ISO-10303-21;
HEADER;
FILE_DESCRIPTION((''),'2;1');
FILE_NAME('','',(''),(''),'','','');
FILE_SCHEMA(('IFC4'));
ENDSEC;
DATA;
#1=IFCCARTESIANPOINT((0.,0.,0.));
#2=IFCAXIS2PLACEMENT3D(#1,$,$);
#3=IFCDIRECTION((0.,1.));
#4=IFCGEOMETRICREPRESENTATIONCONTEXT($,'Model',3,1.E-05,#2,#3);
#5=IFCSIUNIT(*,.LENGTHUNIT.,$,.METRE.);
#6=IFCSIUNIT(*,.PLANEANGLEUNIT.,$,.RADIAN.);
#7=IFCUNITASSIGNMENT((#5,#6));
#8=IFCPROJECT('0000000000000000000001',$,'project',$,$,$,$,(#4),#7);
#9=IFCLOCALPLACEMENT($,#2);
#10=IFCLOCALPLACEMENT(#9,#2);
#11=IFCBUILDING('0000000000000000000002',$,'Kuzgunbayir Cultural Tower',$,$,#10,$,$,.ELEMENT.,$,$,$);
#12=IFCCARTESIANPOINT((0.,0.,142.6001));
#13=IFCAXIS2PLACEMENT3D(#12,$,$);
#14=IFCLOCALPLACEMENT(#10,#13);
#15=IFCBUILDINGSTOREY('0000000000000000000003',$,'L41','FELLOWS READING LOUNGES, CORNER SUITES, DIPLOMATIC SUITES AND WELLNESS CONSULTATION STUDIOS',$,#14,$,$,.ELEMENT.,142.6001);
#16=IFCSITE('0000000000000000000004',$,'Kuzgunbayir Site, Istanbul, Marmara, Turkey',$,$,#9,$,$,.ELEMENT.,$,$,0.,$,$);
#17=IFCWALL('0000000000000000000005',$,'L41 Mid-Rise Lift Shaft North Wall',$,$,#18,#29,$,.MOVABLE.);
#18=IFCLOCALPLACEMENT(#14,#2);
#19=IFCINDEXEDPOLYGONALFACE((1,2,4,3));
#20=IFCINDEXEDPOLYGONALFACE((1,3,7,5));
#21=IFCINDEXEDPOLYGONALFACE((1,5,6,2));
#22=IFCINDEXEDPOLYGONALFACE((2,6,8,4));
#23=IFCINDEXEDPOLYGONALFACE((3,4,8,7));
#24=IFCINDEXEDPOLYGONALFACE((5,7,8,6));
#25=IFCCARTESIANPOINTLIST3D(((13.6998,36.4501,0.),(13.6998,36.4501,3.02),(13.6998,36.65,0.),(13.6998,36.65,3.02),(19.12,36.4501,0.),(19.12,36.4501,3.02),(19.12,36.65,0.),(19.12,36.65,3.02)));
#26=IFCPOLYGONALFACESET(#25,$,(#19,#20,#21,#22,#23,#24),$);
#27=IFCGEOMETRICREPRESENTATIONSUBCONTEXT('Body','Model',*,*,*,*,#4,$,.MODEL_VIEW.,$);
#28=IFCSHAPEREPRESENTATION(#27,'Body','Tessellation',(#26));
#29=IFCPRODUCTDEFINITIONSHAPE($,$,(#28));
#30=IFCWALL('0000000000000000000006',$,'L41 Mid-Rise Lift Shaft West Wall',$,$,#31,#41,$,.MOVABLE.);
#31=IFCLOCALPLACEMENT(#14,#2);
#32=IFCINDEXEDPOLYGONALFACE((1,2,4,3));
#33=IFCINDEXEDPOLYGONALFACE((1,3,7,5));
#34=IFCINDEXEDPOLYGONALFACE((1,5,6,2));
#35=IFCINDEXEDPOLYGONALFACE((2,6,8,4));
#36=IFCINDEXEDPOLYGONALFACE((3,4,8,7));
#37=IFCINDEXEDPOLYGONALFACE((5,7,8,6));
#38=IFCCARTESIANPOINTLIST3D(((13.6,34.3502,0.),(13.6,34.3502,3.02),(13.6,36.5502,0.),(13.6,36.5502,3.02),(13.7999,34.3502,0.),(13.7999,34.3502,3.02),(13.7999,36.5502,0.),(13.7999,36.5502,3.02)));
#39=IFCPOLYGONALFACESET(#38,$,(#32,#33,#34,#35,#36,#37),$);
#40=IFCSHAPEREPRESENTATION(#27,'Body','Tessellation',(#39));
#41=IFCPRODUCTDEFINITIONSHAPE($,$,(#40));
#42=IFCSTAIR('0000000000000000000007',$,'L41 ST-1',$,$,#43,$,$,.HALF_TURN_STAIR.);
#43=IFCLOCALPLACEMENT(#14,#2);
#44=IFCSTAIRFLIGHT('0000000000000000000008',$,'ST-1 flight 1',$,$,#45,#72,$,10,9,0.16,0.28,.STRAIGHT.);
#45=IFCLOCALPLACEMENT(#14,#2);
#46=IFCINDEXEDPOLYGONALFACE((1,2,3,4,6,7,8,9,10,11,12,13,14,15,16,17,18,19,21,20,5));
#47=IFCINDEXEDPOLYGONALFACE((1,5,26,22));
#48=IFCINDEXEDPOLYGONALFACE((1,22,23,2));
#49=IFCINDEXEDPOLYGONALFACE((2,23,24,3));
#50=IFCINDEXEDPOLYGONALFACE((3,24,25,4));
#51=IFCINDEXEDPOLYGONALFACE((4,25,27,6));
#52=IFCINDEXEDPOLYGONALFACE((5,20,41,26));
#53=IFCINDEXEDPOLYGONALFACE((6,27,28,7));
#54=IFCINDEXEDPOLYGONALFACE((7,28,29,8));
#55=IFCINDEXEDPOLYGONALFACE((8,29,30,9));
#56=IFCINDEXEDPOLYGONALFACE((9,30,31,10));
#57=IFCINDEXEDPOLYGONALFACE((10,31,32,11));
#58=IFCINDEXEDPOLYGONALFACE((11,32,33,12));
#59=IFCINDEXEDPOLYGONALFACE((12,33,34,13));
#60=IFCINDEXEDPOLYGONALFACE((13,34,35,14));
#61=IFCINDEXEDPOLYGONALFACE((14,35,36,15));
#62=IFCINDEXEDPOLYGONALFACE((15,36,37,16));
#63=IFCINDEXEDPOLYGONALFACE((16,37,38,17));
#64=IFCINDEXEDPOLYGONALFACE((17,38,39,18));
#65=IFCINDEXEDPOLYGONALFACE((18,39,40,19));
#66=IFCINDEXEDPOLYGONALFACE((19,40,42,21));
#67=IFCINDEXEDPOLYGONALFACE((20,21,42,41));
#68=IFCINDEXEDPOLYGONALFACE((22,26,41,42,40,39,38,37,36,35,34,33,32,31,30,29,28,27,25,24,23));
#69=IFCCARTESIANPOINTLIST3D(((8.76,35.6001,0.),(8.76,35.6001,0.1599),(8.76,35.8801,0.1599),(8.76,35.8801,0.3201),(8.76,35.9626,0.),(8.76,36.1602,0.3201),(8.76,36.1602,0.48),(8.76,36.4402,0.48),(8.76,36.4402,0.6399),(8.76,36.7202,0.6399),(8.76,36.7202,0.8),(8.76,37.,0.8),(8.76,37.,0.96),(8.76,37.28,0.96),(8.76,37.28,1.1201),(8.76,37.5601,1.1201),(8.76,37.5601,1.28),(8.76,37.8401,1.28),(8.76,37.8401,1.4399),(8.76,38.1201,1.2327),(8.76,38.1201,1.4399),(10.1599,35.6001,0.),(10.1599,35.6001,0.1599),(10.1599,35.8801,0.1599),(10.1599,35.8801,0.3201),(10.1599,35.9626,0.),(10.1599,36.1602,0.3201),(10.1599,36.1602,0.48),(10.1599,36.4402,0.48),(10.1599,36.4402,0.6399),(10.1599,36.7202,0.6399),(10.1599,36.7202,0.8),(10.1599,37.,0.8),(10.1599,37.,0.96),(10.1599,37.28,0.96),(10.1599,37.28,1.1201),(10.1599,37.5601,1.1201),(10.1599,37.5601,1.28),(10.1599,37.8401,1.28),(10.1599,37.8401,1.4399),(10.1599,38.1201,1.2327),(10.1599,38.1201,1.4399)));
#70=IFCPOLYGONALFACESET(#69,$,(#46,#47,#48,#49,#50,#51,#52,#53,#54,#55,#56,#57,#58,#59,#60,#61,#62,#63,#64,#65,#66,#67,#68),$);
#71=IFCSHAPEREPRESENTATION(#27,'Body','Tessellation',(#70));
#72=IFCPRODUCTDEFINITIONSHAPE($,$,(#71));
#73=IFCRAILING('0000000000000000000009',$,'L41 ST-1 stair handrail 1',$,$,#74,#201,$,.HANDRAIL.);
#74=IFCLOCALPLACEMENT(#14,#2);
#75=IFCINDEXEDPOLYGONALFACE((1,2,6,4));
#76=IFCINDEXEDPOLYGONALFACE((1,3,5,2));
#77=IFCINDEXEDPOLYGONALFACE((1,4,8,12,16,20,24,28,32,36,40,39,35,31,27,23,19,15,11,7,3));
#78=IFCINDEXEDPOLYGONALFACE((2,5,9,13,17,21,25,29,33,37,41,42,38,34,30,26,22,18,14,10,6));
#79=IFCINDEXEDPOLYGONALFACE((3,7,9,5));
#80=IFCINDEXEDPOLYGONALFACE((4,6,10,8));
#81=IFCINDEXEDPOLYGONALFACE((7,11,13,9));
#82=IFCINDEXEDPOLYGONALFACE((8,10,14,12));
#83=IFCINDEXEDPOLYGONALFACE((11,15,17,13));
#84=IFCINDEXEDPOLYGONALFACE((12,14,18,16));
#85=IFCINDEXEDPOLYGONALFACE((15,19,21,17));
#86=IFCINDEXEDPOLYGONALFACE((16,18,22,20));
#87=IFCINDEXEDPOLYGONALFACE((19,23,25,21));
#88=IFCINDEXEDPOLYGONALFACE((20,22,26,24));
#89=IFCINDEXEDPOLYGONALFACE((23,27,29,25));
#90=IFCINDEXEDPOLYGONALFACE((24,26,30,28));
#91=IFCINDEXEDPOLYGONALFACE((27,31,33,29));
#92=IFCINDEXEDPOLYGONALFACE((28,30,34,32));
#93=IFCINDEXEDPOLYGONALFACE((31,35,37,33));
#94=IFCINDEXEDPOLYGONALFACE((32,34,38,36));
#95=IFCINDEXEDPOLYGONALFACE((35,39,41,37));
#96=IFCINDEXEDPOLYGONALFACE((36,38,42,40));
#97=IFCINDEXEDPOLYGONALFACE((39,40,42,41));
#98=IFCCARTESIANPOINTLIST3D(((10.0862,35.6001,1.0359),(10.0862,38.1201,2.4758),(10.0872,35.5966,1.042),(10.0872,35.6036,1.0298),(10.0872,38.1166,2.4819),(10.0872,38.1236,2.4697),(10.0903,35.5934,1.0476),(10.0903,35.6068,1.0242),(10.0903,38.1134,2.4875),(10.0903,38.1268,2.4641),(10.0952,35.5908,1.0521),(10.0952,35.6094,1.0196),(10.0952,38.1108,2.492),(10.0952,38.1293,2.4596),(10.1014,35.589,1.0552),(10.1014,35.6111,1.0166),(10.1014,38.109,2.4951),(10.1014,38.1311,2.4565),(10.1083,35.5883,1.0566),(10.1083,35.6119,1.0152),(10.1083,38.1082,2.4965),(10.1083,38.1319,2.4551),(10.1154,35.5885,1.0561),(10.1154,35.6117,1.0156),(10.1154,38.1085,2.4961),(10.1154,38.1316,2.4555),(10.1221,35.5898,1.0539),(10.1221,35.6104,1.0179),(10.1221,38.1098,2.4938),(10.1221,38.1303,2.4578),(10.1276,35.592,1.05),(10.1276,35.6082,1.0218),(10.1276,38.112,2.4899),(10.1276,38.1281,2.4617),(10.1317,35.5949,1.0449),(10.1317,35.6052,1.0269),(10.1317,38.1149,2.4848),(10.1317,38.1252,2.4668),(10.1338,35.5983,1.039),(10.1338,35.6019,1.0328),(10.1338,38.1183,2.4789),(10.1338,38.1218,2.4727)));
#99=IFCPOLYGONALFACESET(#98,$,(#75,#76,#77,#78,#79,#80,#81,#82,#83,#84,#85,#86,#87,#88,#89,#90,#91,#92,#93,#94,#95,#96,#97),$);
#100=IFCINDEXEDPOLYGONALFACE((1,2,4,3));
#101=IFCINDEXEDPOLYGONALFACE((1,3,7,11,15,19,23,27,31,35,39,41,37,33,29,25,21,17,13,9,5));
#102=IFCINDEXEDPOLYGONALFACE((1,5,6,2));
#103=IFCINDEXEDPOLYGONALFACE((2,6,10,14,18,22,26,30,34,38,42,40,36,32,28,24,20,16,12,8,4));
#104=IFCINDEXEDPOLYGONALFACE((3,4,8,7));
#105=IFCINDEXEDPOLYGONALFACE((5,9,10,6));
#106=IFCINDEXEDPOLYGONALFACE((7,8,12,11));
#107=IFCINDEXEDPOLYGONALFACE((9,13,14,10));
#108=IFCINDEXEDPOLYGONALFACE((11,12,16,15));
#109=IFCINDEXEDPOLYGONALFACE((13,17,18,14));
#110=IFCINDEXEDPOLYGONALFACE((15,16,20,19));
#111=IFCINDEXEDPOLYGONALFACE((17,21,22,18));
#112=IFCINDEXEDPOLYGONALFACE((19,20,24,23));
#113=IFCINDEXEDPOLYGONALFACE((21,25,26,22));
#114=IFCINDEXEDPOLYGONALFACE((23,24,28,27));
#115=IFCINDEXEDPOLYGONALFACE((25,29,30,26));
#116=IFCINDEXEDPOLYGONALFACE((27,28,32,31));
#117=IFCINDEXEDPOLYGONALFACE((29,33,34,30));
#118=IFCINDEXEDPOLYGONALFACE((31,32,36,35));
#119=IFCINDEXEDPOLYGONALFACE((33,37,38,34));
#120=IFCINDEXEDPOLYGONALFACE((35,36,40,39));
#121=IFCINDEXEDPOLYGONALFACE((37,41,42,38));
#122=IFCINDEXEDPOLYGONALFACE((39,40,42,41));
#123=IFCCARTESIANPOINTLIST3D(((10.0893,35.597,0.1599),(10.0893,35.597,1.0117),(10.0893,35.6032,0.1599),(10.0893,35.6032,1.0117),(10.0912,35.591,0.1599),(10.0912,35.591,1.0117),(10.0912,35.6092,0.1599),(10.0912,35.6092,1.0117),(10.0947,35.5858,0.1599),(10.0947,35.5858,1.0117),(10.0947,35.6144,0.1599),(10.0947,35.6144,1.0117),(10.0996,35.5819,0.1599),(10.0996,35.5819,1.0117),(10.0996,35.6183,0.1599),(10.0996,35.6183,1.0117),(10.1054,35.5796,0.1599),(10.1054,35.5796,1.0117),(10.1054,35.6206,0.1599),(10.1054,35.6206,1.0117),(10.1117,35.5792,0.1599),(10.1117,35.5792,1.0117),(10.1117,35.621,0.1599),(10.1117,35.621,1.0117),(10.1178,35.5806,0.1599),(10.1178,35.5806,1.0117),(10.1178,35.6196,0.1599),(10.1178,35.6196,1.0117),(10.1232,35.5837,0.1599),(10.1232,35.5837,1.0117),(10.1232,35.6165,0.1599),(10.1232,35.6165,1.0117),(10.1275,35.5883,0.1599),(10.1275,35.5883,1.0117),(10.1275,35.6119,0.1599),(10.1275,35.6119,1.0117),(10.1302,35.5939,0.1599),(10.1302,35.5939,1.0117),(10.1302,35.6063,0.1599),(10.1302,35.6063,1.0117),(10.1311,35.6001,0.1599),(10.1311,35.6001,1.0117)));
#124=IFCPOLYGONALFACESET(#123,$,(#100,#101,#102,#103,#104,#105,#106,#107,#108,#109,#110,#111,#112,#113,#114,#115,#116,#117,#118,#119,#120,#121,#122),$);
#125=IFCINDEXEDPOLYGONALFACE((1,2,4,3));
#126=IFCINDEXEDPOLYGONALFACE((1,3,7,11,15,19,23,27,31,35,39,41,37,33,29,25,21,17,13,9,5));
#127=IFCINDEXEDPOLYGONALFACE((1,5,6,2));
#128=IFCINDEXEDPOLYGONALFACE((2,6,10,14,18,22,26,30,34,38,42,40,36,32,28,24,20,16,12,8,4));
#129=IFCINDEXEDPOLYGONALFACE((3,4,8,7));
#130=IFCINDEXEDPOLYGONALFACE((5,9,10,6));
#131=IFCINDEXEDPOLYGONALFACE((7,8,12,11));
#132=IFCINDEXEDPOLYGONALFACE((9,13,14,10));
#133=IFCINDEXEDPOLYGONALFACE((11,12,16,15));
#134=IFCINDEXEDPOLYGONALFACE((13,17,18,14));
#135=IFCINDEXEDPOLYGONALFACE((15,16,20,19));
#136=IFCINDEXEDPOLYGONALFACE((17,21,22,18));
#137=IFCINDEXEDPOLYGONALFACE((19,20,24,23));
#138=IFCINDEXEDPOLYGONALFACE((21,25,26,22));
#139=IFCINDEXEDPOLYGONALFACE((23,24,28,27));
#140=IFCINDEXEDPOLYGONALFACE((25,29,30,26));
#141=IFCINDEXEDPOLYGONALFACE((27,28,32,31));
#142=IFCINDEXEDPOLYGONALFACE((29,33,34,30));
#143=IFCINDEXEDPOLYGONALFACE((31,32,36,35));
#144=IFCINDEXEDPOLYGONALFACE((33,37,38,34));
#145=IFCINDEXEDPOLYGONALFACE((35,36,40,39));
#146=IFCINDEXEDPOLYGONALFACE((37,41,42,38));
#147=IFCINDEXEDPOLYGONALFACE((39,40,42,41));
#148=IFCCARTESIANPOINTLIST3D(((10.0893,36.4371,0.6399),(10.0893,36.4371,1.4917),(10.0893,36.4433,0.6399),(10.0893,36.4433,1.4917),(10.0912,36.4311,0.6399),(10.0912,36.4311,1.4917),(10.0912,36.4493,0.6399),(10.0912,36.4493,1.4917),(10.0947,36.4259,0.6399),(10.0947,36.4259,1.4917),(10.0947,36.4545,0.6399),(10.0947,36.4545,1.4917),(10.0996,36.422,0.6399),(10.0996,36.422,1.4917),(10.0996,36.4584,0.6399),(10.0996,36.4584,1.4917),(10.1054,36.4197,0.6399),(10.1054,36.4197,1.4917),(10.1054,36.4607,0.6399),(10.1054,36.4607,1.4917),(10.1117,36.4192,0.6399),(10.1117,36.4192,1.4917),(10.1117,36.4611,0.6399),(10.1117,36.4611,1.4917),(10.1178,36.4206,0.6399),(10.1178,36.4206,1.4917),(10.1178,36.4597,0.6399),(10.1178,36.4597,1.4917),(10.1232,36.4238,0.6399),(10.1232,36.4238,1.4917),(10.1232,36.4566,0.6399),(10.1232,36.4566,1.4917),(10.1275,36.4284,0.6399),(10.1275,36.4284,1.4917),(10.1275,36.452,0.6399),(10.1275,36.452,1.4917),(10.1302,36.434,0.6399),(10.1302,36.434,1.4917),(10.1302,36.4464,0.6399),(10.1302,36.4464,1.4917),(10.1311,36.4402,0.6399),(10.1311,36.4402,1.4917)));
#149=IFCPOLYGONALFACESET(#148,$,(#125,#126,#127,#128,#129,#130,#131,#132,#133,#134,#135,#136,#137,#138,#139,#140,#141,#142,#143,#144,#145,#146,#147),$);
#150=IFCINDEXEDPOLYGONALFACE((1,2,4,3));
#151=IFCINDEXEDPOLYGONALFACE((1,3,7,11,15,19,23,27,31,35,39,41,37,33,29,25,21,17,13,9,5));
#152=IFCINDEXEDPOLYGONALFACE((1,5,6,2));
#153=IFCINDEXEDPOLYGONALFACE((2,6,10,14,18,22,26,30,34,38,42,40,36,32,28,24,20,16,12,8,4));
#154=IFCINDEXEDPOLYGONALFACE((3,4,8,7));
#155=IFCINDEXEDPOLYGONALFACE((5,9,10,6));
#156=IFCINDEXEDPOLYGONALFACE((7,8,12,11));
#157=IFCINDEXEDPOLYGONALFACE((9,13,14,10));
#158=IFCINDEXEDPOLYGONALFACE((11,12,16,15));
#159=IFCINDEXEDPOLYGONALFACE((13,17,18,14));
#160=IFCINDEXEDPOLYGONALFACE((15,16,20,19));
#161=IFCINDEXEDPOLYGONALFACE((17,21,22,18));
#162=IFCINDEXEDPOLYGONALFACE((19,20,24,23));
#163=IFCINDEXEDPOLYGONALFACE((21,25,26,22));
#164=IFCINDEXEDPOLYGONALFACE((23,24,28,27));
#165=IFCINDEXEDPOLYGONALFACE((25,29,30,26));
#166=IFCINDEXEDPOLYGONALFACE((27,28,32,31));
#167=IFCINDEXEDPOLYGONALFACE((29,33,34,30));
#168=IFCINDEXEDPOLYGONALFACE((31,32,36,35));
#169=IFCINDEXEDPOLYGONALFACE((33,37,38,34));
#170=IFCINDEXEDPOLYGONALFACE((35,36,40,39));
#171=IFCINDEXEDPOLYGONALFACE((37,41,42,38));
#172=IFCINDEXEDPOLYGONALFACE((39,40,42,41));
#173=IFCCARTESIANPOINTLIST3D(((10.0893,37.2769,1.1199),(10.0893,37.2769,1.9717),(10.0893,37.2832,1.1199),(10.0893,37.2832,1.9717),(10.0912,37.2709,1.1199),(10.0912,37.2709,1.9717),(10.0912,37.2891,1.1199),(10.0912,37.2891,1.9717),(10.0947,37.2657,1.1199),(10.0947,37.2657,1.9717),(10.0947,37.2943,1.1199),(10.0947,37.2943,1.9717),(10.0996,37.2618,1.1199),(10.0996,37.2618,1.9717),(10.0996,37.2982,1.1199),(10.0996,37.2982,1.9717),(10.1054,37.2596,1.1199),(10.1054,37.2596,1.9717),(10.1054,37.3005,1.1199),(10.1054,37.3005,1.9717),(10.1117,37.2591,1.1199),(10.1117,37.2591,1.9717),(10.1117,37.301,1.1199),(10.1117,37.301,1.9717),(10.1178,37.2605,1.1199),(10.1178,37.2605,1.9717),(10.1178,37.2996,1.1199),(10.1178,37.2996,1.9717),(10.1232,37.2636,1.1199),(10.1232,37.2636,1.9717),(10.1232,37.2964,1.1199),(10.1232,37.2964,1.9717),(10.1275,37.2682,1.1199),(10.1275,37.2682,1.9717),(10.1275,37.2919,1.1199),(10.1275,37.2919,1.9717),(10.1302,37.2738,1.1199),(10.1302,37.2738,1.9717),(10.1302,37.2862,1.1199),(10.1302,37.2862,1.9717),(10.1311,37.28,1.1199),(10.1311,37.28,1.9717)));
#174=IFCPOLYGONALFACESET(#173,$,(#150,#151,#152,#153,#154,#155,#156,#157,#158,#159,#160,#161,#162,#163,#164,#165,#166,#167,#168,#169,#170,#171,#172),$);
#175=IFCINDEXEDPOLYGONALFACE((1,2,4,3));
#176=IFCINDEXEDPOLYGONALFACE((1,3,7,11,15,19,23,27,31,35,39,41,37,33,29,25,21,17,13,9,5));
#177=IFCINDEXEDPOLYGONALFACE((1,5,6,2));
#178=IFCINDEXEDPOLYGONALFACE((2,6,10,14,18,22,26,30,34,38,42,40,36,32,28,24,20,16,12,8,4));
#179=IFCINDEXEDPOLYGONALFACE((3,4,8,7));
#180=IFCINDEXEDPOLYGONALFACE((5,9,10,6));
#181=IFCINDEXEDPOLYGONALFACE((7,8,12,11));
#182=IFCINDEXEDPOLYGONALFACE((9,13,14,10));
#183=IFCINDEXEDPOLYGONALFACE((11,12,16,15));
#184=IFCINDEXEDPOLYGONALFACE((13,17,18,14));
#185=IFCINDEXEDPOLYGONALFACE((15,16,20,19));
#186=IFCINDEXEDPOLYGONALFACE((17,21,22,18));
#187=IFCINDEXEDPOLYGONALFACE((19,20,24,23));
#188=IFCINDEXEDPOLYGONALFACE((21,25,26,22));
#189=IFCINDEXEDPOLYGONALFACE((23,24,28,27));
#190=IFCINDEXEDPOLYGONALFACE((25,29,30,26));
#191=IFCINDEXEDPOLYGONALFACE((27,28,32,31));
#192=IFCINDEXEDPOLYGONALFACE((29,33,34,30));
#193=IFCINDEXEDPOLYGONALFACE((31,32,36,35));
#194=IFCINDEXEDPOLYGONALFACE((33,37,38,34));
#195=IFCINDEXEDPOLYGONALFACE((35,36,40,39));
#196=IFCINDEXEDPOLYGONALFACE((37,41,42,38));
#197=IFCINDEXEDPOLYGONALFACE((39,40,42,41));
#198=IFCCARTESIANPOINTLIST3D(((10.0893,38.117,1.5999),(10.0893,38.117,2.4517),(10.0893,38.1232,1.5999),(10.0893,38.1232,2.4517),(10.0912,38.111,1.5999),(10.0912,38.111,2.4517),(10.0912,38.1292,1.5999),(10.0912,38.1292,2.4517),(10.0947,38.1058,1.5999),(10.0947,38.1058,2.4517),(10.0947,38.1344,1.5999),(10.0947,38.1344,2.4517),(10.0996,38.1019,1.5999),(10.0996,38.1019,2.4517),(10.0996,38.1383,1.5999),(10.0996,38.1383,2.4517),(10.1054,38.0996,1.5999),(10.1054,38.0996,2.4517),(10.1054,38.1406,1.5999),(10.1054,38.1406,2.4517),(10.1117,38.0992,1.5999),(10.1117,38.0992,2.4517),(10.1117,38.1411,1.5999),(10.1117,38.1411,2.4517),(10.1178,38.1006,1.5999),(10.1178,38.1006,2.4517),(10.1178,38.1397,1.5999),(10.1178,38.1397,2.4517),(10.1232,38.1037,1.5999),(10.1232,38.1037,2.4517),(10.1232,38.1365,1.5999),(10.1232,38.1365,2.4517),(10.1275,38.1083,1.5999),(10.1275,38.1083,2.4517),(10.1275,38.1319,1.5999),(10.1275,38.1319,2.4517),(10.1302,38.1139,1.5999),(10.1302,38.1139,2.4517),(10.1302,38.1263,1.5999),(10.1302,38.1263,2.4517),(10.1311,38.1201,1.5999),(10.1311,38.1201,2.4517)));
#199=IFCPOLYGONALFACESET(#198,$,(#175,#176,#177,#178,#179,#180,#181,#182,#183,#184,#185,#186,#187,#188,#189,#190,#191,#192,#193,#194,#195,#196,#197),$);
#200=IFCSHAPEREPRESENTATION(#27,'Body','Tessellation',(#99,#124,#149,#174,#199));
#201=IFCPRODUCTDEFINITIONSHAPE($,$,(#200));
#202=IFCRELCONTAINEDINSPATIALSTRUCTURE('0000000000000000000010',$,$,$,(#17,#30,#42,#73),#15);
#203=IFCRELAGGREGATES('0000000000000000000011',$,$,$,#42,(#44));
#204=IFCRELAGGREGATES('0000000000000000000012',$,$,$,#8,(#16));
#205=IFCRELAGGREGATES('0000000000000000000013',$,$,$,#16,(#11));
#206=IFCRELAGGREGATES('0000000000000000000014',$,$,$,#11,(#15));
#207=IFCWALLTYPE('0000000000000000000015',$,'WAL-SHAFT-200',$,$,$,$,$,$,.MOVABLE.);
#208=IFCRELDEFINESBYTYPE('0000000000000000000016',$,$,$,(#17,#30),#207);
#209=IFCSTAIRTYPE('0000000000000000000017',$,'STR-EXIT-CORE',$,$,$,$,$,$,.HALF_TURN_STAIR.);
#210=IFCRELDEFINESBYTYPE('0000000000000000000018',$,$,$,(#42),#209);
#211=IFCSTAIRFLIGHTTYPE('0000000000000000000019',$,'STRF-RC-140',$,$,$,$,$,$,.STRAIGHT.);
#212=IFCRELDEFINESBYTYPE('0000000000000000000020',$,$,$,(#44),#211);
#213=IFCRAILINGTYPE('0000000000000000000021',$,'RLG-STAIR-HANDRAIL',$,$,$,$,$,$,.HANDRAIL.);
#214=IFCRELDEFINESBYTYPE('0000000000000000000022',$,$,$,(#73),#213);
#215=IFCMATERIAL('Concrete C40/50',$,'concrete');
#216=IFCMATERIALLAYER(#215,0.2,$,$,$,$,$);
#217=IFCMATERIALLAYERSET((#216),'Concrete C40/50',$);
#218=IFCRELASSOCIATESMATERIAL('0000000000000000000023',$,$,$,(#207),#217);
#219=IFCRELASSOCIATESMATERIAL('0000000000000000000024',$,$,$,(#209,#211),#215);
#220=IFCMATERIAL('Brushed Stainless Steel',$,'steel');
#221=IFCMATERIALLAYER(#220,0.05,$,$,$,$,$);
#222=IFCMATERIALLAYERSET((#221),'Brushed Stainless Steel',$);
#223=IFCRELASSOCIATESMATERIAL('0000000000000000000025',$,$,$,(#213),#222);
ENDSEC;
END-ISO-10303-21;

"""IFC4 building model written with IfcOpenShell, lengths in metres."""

from ifc_helpers import new_model, si_unit, direction, frame, frame_2d, origin, origin_2d, place, context, subcontext, project, spatial, polyline, rectangle, circle, outline, extrude, material, layer, layer_set, type_object, element, aggregate, save


model = new_model("IFC4")

# Units and contexts
model_context = context("Model", 3, precision=1e-05, world=origin(), true_north=direction((0.0, 1.0)))
body_context = subcontext(model_context, "Body", "Model", "MODEL_VIEW")
ifc_project = project(units=[si_unit("LENGTHUNIT", "METRE"), si_unit("PLANEANGLEUNIT", "RADIAN")], contexts=[model_context])

# Site, building, storey
site_placement = place(None, origin())
site = spatial("IfcSite", under=ifc_project, at=site_placement, Name="Kuzgunbayir Site, Istanbul, Marmara, Turkey", CompositionType="ELEMENT", RefElevation=0.0)
building_placement = place(site_placement, origin())
building = spatial("IfcBuilding", under=site, at=building_placement, Name="Kuzgunbayir Cultural Tower", CompositionType="ELEMENT")
storey_placement = place(building_placement, frame((0.0, 0.0, 142.6001)))
storey = spatial("IfcBuildingStorey", under=building, at=storey_placement, Name="L41", Description="FELLOWS READING LOUNGES, CORNER SUITES, DIPLOMATIC SUITES AND WELLNESS CONSULTATION STUDIOS", CompositionType="ELEMENT", Elevation=142.6001)

# Shared definitions
ifc_material_1 = material(Name="Concrete C40/50", Category="concrete")
ifc_layer_1 = layer(ifc_material_1, 0.2)
ifc_layer_set_1 = layer_set([ifc_layer_1], Name="Concrete C40/50")
wall_type_1 = type_object("IfcWallType", Name="WAL-SHAFT-200", PredefinedType="MOVABLE", material=ifc_layer_set_1)
ifc_material_2 = material(Name="Brushed Stainless Steel", Category="steel")

# Walls
wall_1_placement = place(storey_placement, frame((13.7, 36.55, 0.0), z_axis=(0.0, 0.0, 1.0), x_axis=(1.0, 0.0, 0.0)))
element("IfcWall", 1, at=wall_1_placement, inside=storey, type_object=wall_type_1, Name="L41 Mid-Rise Lift Shaft North Wall", PredefinedType="MOVABLE", context=body_context, shape_type="SweptSolid", body=[
    extrude(rectangle(XDim=5.4202, YDim=0.2, at=frame_2d((2.71, 0.0))), origin(), (0.0, 0.0, 1.0), 3.02),
])
wall_2_placement = place(storey_placement, frame((13.7, 34.3501, 0.0), z_axis=(0.0, 0.0, 1.0), x_axis=(0.0, 1.0, 0.0)))
element("IfcWall", 2, at=wall_2_placement, inside=storey, type_object=wall_type_1, Name="L41 Mid-Rise Lift Shaft West Wall", PredefinedType="MOVABLE", context=body_context, shape_type="SweptSolid", body=[
    extrude(rectangle(XDim=2.2, YDim=0.2, at=frame_2d((1.1001, 0.0))), origin(), (0.0, 0.0, 1.0), 3.02),
])

# Stair, stair flight
stair_type = type_object("IfcStairType", Name="STR-EXIT-CORE", PredefinedType="HALF_TURN_STAIR", material=ifc_material_1)
stair_placement = place(storey_placement, origin())
stair = element("IfcStair", 3, at=stair_placement, inside=storey, type_object=stair_type, Name="L41 ST-1", PredefinedType="HALF_TURN_STAIR")
stair_flight_type = type_object("IfcStairFlightType", Name="STRF-RC-140", PredefinedType="STRAIGHT", material=ifc_material_1)
stair_flight_placement = place(storey_placement, frame((9.46, 35.6001, 0.0), z_axis=(0.0, 0.0, 1.0), x_axis=(0.0, 1.0, 0.0)))
stair_flight = element("IfcStairFlight", 4, at=stair_flight_placement, type_object=stair_flight_type, Name="ST-1 flight 1", NumberOfRisers=10, NumberOfTreads=9, PredefinedType="STRAIGHT", RiserHeight=0.16, TreadLength=0.28, context=body_context, shape_type="SweptSolid", body=[
    extrude(outline(polyline([(0.0, 0.0), (0.0, 0.1599), (0.28, 0.1599), (0.28, 0.3201), (0.5601, 0.3201), (0.5601, 0.48), (0.8401, 0.48), (0.8401, 0.6399), (1.1201, 0.6399), (1.1201, 0.8), (1.3999, 0.8), (1.3999, 0.96), (1.6799, 0.96), (1.6799, 1.1201), (1.96, 1.1201), (1.96, 1.28), (2.24, 1.28), (2.24, 1.4399), (2.52, 1.4399), (2.52, 1.6001), (2.52, 1.2327), (0.3625, 0.0), (0.0, 0.0)])), frame((0.0, 0.7, 0.0), z_axis=(0.0, -1.0, 0.0), x_axis=(1.0, 0.0, 0.0)), (0.0, 0.0, 1.0), 1.3999),
])
aggregate(stair, [stair_flight])

# Railing
ifc_layer_2 = layer(ifc_material_2, 0.05)
ifc_layer_set_2 = layer_set([ifc_layer_2], Name="Brushed Stainless Steel")
railing_type = type_object("IfcRailingType", Name="RLG-STAIR-HANDRAIL", PredefinedType="HANDRAIL", material=ifc_layer_set_2)
railing_placement = place(storey_placement, frame((10.1101, 35.6001, 0.1599)))
element("IfcRailing", 5, at=railing_placement, inside=storey, type_object=railing_type, Name="L41 ST-1 stair handrail 1", PredefinedType="HANDRAIL", context=body_context, shape_type="SweptSolid", body=[
    extrude(circle(Radius=0.0239, at=origin_2d()), frame((0.0, 0.0, 0.876), z_axis=(0.0, 0.868253, 0.496121), x_axis=(-1.0, 0.0, 0.0)), (0.0, 0.0, 1.0), 2.9023),
    extrude(circle(Radius=0.021, at=origin_2d()), origin(), (0.0, 0.0, 1.0), 0.8518),
    extrude(circle(Radius=0.021, at=origin_2d()), frame((0.0, 0.8401, 0.48)), (0.0, 0.0, 1.0), 0.8518),
    extrude(circle(Radius=0.021, at=origin_2d()), frame((0.0, 1.6799, 0.96)), (0.0, 0.0, 1.0), 0.8518),
    extrude(circle(Radius=0.021, at=origin_2d()), frame((0.0, 2.52, 1.4399)), (0.0, 0.0, 1.0), 0.8518),
])

save(model, "model.ifc")
